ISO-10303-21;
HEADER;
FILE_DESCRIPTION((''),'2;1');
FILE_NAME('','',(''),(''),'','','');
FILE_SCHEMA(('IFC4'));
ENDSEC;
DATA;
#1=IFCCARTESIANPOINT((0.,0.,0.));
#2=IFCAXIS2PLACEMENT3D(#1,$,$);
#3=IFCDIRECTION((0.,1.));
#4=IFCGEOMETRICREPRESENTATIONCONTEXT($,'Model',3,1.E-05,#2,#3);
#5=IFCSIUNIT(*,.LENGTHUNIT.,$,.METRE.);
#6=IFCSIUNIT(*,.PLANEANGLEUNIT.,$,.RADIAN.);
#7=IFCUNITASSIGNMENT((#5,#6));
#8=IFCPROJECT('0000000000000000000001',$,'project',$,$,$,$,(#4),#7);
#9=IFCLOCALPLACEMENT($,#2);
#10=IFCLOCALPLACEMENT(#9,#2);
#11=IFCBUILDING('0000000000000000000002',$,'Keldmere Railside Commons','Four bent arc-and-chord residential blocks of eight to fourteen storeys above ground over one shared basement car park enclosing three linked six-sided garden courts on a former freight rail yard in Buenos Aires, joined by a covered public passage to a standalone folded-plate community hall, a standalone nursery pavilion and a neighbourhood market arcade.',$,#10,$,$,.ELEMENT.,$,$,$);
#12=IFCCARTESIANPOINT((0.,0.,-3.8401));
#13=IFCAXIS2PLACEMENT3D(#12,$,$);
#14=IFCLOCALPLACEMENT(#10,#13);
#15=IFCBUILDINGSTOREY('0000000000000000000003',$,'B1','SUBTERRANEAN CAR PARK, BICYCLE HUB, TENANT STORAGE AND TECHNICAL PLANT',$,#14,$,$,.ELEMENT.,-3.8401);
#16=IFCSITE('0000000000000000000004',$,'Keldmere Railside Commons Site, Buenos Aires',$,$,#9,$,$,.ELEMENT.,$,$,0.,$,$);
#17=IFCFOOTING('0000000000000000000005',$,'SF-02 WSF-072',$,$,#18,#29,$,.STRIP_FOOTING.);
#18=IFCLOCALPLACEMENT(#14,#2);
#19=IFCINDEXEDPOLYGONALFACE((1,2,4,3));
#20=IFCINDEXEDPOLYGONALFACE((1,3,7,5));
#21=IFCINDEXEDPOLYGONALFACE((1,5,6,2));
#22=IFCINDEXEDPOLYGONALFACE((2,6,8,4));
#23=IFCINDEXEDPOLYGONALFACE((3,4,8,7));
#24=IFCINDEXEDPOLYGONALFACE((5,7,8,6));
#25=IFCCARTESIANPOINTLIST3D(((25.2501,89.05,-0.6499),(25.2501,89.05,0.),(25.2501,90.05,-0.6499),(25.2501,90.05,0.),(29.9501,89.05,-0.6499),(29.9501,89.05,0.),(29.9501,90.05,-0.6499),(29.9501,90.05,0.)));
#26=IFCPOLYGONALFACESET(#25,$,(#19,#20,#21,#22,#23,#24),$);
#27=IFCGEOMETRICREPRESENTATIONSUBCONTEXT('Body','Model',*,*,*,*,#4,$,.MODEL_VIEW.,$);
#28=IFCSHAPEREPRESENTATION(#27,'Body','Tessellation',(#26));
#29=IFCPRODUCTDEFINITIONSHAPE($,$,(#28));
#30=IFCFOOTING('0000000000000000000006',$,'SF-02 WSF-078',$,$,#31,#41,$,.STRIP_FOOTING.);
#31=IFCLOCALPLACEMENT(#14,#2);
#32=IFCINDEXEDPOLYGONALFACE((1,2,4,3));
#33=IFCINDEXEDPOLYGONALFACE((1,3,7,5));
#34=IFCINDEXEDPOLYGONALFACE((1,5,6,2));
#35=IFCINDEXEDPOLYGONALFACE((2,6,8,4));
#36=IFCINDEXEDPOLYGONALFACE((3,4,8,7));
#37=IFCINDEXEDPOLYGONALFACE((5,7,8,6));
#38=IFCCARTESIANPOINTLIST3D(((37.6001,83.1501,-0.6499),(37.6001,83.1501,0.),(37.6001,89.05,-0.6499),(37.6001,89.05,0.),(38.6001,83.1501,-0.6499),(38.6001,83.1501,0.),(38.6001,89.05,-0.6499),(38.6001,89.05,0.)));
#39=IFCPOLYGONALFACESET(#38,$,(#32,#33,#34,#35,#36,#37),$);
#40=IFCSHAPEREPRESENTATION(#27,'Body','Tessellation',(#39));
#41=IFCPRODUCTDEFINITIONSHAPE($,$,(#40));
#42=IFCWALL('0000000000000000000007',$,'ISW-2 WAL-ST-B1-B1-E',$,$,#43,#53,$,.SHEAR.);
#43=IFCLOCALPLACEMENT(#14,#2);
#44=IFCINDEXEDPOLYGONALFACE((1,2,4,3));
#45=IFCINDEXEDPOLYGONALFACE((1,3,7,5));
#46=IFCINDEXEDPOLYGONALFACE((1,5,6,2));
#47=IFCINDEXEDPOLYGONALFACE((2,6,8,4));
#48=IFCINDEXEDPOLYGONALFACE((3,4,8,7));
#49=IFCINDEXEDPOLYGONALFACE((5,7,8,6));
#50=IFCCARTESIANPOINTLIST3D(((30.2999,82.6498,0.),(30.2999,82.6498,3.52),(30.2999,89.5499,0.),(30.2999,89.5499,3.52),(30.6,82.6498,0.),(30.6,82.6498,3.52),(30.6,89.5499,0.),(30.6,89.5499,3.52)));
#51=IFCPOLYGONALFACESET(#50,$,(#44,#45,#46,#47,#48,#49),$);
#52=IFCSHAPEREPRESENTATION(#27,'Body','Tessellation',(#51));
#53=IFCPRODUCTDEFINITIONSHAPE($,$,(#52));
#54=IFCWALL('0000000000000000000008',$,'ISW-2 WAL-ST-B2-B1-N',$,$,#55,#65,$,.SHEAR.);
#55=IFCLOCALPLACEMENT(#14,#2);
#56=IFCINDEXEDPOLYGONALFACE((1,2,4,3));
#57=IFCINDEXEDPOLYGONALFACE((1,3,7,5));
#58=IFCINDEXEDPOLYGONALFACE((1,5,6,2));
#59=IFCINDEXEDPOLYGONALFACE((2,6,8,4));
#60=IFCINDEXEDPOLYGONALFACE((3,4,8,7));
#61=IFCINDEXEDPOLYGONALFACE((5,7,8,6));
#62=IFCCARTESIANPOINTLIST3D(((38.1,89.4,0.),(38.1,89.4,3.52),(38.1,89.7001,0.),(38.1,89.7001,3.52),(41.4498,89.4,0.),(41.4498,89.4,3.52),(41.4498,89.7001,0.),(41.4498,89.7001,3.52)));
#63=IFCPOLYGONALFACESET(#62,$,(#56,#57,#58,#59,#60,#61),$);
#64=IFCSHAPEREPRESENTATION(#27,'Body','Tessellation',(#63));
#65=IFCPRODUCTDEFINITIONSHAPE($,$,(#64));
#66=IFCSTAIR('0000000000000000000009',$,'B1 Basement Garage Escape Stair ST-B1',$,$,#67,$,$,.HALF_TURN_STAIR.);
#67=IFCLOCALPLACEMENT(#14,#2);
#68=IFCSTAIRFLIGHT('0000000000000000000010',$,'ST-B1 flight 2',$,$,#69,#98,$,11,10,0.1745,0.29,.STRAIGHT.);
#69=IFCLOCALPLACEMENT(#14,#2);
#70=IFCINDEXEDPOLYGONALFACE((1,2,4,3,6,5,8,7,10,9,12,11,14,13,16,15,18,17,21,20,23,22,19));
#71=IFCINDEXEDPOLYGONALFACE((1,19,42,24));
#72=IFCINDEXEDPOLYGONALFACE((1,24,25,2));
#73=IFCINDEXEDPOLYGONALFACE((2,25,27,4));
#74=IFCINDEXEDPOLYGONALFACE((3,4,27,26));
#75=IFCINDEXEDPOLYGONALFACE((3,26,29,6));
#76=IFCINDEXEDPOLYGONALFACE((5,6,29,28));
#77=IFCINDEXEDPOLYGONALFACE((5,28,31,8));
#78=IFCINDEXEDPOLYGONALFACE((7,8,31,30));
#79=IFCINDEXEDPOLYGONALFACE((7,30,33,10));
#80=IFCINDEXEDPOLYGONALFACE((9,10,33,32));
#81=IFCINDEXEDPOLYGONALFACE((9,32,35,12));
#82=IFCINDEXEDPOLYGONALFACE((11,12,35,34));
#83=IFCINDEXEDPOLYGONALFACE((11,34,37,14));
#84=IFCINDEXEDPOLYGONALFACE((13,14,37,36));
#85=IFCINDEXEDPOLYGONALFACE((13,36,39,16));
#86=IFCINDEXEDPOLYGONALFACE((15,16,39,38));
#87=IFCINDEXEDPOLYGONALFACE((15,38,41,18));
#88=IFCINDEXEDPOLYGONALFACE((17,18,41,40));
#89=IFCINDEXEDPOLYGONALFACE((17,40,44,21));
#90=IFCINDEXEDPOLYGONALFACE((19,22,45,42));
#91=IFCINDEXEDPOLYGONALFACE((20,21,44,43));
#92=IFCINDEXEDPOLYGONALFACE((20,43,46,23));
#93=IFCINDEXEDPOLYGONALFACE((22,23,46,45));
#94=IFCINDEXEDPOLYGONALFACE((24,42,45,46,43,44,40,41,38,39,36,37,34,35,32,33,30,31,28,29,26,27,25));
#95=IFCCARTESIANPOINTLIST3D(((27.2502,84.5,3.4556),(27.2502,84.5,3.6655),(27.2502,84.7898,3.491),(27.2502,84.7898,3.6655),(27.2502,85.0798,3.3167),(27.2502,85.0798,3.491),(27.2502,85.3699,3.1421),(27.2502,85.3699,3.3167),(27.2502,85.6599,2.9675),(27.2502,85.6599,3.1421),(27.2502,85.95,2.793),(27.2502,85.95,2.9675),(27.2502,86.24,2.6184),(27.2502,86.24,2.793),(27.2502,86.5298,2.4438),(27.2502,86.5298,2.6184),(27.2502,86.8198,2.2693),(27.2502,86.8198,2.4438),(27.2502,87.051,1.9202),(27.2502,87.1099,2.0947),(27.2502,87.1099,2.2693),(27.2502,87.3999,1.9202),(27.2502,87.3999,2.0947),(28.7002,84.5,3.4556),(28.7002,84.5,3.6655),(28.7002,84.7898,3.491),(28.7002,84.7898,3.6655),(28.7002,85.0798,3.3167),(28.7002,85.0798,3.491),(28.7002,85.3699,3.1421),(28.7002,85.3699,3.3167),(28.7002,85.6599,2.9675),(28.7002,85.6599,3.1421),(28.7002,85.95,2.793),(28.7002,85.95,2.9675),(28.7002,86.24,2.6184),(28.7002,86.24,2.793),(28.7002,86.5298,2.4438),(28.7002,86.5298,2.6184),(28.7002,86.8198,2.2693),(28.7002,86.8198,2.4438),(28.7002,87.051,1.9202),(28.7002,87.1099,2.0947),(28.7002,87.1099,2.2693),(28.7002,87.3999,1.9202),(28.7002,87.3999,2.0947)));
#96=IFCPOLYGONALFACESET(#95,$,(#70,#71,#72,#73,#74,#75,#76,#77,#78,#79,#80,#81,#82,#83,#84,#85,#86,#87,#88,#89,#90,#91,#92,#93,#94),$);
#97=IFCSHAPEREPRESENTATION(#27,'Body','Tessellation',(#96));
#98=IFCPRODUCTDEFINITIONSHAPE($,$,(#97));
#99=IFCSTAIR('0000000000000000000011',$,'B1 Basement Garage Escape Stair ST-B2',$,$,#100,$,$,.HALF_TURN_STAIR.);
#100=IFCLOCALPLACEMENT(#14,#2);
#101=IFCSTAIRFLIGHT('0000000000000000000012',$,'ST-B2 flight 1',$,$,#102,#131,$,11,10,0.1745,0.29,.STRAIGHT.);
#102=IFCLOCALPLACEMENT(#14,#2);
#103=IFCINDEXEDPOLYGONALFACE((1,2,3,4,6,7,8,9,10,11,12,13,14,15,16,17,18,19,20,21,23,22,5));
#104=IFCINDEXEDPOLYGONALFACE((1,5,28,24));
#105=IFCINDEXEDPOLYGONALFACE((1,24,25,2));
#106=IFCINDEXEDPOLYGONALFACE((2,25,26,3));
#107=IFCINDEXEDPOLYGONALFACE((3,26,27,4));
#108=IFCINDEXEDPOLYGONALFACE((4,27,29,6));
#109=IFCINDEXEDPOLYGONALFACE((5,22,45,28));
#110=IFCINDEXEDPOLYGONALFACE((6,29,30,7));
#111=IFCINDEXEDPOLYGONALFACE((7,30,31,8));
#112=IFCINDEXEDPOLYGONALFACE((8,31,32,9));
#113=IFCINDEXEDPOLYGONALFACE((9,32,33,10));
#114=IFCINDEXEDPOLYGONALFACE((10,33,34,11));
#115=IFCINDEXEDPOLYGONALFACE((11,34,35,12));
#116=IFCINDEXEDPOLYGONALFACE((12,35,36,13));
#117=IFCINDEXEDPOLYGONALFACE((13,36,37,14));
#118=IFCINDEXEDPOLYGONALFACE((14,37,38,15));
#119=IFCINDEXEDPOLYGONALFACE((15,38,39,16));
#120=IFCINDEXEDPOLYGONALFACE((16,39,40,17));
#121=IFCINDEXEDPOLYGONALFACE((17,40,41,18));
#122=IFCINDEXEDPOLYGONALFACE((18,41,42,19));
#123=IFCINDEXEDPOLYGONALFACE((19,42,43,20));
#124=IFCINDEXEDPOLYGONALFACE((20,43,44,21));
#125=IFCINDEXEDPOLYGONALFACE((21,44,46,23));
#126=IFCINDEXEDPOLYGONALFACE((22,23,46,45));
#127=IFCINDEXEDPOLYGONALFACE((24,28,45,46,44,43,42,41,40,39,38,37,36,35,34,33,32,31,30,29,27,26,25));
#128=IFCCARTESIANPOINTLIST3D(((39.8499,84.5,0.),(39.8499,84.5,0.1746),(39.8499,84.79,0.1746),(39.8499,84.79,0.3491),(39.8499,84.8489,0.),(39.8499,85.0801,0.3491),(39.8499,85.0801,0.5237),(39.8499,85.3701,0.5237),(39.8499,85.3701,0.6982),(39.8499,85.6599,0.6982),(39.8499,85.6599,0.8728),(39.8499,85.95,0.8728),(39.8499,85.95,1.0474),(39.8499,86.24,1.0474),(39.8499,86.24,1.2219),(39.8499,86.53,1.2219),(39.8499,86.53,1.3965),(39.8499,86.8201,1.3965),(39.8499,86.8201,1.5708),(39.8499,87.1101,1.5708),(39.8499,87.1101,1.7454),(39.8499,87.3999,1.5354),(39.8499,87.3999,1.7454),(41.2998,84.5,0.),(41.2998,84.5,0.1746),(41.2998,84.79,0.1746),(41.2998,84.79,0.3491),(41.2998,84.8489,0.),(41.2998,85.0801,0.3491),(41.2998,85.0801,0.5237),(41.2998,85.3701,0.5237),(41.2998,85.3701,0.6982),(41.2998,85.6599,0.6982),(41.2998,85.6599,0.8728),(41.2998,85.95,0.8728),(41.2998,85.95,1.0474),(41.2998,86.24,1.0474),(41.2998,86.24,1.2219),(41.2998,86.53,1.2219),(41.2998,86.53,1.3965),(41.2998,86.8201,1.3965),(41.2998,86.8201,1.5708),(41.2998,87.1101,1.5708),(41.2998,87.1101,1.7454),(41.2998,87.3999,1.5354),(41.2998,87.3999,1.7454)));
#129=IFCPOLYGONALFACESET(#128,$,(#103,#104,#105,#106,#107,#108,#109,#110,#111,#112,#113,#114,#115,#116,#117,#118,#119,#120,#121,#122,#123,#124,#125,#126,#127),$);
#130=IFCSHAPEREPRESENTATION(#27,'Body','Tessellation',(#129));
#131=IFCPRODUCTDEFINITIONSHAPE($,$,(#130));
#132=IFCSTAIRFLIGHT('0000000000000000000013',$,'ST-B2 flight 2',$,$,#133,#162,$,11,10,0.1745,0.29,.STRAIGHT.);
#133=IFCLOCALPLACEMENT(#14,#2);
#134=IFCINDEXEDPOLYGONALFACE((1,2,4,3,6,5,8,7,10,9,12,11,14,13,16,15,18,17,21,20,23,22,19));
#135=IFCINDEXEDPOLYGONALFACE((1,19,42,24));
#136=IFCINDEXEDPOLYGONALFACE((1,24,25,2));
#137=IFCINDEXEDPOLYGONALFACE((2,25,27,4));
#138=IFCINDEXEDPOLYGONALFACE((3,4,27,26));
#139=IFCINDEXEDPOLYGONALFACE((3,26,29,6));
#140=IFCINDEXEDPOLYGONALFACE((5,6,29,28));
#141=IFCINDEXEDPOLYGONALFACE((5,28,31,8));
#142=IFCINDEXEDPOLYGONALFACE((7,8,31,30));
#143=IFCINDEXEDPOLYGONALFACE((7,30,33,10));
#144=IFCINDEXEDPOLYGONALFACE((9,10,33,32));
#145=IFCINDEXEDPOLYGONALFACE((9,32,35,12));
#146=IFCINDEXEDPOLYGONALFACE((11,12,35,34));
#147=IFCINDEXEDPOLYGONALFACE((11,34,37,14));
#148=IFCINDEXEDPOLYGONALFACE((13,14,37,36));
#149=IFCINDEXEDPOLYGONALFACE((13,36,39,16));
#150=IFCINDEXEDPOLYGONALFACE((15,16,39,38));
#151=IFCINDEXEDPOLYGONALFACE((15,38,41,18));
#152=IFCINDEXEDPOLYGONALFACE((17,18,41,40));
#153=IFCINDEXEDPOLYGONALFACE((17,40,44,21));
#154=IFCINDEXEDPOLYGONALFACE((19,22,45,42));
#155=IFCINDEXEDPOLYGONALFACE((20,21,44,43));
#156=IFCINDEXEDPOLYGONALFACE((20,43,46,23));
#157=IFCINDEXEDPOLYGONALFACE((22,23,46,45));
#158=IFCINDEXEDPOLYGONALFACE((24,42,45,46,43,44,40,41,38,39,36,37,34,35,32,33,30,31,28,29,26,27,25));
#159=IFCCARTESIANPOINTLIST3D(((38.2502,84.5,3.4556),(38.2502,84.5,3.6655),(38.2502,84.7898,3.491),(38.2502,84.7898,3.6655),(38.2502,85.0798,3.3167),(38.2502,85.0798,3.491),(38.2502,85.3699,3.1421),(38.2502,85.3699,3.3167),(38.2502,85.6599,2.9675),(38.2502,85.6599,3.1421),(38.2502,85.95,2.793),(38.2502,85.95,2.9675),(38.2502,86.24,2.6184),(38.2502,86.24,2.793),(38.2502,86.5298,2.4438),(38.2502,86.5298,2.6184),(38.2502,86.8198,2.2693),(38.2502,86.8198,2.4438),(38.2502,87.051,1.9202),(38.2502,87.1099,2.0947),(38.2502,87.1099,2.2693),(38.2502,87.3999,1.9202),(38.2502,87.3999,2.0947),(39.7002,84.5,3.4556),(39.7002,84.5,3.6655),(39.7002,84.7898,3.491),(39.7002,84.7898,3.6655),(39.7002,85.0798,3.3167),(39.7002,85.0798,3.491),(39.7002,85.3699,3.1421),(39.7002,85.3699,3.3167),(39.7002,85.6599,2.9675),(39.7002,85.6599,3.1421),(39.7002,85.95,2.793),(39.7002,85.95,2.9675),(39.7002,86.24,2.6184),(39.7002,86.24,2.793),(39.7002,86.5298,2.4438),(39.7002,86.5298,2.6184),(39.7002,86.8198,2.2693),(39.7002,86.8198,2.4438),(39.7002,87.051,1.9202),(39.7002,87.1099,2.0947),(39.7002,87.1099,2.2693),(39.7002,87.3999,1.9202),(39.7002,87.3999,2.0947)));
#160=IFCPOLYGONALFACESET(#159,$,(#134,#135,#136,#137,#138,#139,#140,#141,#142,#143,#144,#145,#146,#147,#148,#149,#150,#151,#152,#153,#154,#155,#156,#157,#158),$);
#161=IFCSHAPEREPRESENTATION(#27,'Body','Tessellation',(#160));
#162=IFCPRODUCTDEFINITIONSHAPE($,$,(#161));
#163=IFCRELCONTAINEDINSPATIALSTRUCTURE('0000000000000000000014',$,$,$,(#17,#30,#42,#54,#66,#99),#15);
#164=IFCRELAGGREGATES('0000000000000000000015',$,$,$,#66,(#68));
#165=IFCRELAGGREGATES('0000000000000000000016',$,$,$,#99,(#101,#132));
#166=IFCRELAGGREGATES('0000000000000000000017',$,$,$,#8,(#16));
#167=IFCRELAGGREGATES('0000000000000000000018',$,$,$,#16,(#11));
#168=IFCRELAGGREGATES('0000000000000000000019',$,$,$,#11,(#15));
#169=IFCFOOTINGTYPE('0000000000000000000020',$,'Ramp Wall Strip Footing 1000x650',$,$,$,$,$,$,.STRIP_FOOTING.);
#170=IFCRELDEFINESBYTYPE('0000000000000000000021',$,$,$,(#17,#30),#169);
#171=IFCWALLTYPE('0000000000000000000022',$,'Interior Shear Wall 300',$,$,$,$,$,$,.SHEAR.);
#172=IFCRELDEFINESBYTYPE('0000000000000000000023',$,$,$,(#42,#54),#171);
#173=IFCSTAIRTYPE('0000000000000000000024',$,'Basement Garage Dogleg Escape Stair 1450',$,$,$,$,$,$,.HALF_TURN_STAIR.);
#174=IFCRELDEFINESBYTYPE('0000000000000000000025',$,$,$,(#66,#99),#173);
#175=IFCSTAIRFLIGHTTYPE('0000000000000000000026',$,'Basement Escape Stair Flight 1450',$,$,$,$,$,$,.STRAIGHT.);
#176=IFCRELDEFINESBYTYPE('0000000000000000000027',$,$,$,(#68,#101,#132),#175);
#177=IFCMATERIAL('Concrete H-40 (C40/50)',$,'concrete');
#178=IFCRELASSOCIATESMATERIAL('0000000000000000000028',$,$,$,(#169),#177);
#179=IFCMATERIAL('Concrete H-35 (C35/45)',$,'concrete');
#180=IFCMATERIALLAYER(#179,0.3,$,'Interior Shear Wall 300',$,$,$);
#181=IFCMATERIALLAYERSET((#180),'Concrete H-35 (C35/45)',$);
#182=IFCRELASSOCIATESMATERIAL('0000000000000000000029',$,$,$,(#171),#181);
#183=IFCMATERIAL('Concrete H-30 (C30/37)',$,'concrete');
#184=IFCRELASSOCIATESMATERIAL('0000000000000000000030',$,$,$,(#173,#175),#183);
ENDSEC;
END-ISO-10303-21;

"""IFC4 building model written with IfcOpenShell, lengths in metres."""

from ifc_helpers import new_model, si_unit, direction, frame, frame_2d, origin, origin_2d, place, context, subcontext, project, spatial, polyline, rectangle, outline, extrude, material, layer, layer_set, type_object, element, aggregate, save


model = new_model("IFC4")

# Units and contexts
model_context = context("Model", 3, precision=1e-05, world=origin(), true_north=direction((0.0, 1.0)))
body_context = subcontext(model_context, "Body", "Model", "MODEL_VIEW")
ifc_project = project(units=[si_unit("LENGTHUNIT", "METRE"), si_unit("PLANEANGLEUNIT", "RADIAN")], contexts=[model_context])

# Site, building, storey
site_placement = place(None, origin())
site = spatial("IfcSite", under=ifc_project, at=site_placement, Name="Keldmere Railside Commons Site, Buenos Aires", CompositionType="ELEMENT", RefElevation=0.0)
building_placement = place(site_placement, origin())
building = spatial("IfcBuilding", under=site, at=building_placement, Name="Keldmere Railside Commons", Description="Four bent arc-and-chord residential blocks of eight to fourteen storeys above ground over one shared basement car park enclosing three linked six-sided garden courts on a former freight rail yard in Buenos Aires, joined by a covered public passage to a standalone folded-plate community hall, a standalone nursery pavilion and a neighbourhood market arcade.", CompositionType="ELEMENT")
storey_placement = place(building_placement, frame((0.0, 0.0, -3.8401)))
storey = spatial("IfcBuildingStorey", under=building, at=storey_placement, Name="B1", Description="SUBTERRANEAN CAR PARK, BICYCLE HUB, TENANT STORAGE AND TECHNICAL PLANT", CompositionType="ELEMENT", Elevation=-3.8401)

# Footings
ifc_material_1 = material(Name="Concrete H-40 (C40/50)", Category="concrete")
footing_type = type_object("IfcFootingType", Name="Ramp Wall Strip Footing 1000x650", PredefinedType="STRIP_FOOTING", material=ifc_material_1)
footing_1_placement = place(storey_placement, frame((27.6001, 89.55, -0.6499), z_axis=(0.0, 0.0, 1.0), x_axis=(1.0, 0.0, 0.0)))
element("IfcFooting", 1, at=footing_1_placement, inside=storey, type_object=footing_type, Name="SF-02 WSF-072", PredefinedType="STRIP_FOOTING", context=body_context, shape_type="SweptSolid", body=[
    extrude(rectangle(XDim=4.7, YDim=1.0, at=origin_2d()), origin(), (0.0, 0.0, 1.0), 0.6499),
])
footing_2_placement = place(storey_placement, frame((38.1001, 86.1001, -0.6499), z_axis=(0.0, 0.0, 1.0), x_axis=(0.0, 1.0, 0.0)))
element("IfcFooting", 2, at=footing_2_placement, inside=storey, type_object=footing_type, Name="SF-02 WSF-078", PredefinedType="STRIP_FOOTING", context=body_context, shape_type="SweptSolid", body=[
    extrude(rectangle(XDim=5.8999, YDim=1.0, at=origin_2d()), origin(), (0.0, 0.0, 1.0), 0.6499),
])

# Walls
ifc_material_2 = material(Name="Concrete H-35 (C35/45)", Category="concrete")
ifc_layer = layer(ifc_material_2, 0.3, Name="Interior Shear Wall 300")
ifc_layer_set = layer_set([ifc_layer], Name="Concrete H-35 (C35/45)")
wall_type = type_object("IfcWallType", Name="Interior Shear Wall 300", PredefinedType="SHEAR", material=ifc_layer_set)
wall_1_placement = place(storey_placement, frame((30.45, 89.55, 0.0), z_axis=(0.0, 0.0, 1.0), x_axis=(0.0, -1.0, 0.0)))
element("IfcWall", 3, at=wall_1_placement, inside=storey, type_object=wall_type, Name="ISW-2 WAL-ST-B1-B1-E", PredefinedType="SHEAR", context=body_context, shape_type="SweptSolid", body=[
    extrude(rectangle(XDim=6.9001, YDim=0.3, at=frame_2d((3.4502, 0.0))), origin(), (0.0, 0.0, 1.0), 3.52),
])
wall_2_placement = place(storey_placement, frame((38.1001, 89.55, 0.0), z_axis=(0.0, 0.0, 1.0), x_axis=(1.0, 0.0, 0.0)))
element("IfcWall", 4, at=wall_2_placement, inside=storey, type_object=wall_type, Name="ISW-2 WAL-ST-B2-B1-N", PredefinedType="SHEAR", context=body_context, shape_type="SweptSolid", body=[
    extrude(rectangle(XDim=3.3499, YDim=0.3, at=frame_2d((1.6748, 0.0))), origin(), (0.0, 0.0, 1.0), 3.52),
])

# Stair, stair flight
ifc_material_3 = material(Name="Concrete H-30 (C30/37)", Category="concrete")
stair_type = type_object("IfcStairType", Name="Basement Garage Dogleg Escape Stair 1450", PredefinedType="HALF_TURN_STAIR", material=ifc_material_3)
stair_1_placement = place(storey_placement, origin())
stair_1 = element("IfcStair", 5, at=stair_1_placement, inside=storey, type_object=stair_type, Name="B1 Basement Garage Escape Stair ST-B1", PredefinedType="HALF_TURN_STAIR")
stair_flight_type = type_object("IfcStairFlightType", Name="Basement Escape Stair Flight 1450", PredefinedType="STRAIGHT", material=ifc_material_3)
stair_flight_1_placement = place(storey_placement, frame((27.9751, 87.3999, 1.9202), z_axis=(0.0, 0.0, 1.0), x_axis=(0.0, -1.0, 0.0)))
stair_flight_1 = element("IfcStairFlight", 6, at=stair_flight_1_placement, type_object=stair_flight_type, Name="ST-B1 flight 2", NumberOfRisers=11, NumberOfTreads=10, PredefinedType="STRAIGHT", RiserHeight=0.1745, TreadLength=0.29, context=body_context, shape_type="SweptSolid", body=[
    extrude(outline(polyline([(0.0, 0.0), (0.0, 0.1746), (0.29, 0.1746), (0.29, 0.3491), (0.5801, 0.3491), (0.5801, 0.5237), (0.8701, 0.5237), (0.8701, 0.6982), (1.1599, 0.6982), (1.1599, 0.8728), (1.45, 0.8728), (1.45, 1.0474), (1.74, 1.0474), (1.74, 1.2219), (2.03, 1.2219), (2.03, 1.3965), (2.3201, 1.3965), (2.3201, 1.5708), (2.6101, 1.5708), (2.6101, 1.7454), (2.8999, 1.7454), (2.8999, 1.9199), (2.8999, 1.5354), (0.3489, 0.0), (0.0, 0.0)])), frame((0.0, 0.7251, 0.0), z_axis=(0.0, -1.0, 0.0), x_axis=(1.0, 0.0, 0.0)), (0.0, 0.0, 1.0), 1.45),
])
aggregate(stair_1, [stair_flight_1])

# Stair, stair flights
stair_2_placement = place(storey_placement, origin())
stair_2 = element("IfcStair", 7, at=stair_2_placement, inside=storey, type_object=stair_type, Name="B1 Basement Garage Escape Stair ST-B2", PredefinedType="HALF_TURN_STAIR")
stair_flight_2_placement = place(storey_placement, frame((40.575, 84.5, 0.0), z_axis=(0.0, 0.0, 1.0), x_axis=(0.0, 1.0, 0.0)))
stair_flight_2 = element("IfcStairFlight", 8, at=stair_flight_2_placement, type_object=stair_flight_type, Name="ST-B2 flight 1", NumberOfRisers=11, NumberOfTreads=10, PredefinedType="STRAIGHT", RiserHeight=0.1745, TreadLength=0.29, context=body_context, shape_type="SweptSolid", body=[
    extrude(outline(polyline([(0.0, 0.0), (0.0, 0.1746), (0.29, 0.1746), (0.29, 0.3491), (0.5801, 0.3491), (0.5801, 0.5237), (0.8701, 0.5237), (0.8701, 0.6982), (1.1599, 0.6982), (1.1599, 0.8728), (1.45, 0.8728), (1.45, 1.0474), (1.74, 1.0474), (1.74, 1.2219), (2.03, 1.2219), (2.03, 1.3965), (2.3201, 1.3965), (2.3201, 1.5708), (2.6101, 1.5708), (2.6101, 1.7454), (2.8999, 1.7454), (2.8999, 1.9199), (2.8999, 1.5354), (0.3489, 0.0), (0.0, 0.0)])), frame((0.0, 0.7251, 0.0), z_axis=(0.0, -1.0, 0.0), x_axis=(1.0, 0.0, 0.0)), (0.0, 0.0, 1.0), 1.45),
])
stair_flight_3_placement = place(storey_placement, frame((38.9751, 87.3999, 1.9202), z_axis=(0.0, 0.0, 1.0), x_axis=(0.0, -1.0, 0.0)))
stair_flight_3 = element("IfcStairFlight", 9, at=stair_flight_3_placement, type_object=stair_flight_type, Name="ST-B2 flight 2", NumberOfRisers=11, NumberOfTreads=10, PredefinedType="STRAIGHT", RiserHeight=0.1745, TreadLength=0.29, context=body_context, shape_type="SweptSolid", body=[
    extrude(outline(polyline([(0.0, 0.0), (0.0, 0.1746), (0.29, 0.1746), (0.29, 0.3491), (0.5801, 0.3491), (0.5801, 0.5237), (0.8701, 0.5237), (0.8701, 0.6982), (1.1599, 0.6982), (1.1599, 0.8728), (1.45, 0.8728), (1.45, 1.0474), (1.74, 1.0474), (1.74, 1.2219), (2.03, 1.2219), (2.03, 1.3965), (2.3201, 1.3965), (2.3201, 1.5708), (2.6101, 1.5708), (2.6101, 1.7454), (2.8999, 1.7454), (2.8999, 1.9199), (2.8999, 1.5354), (0.3489, 0.0), (0.0, 0.0)])), frame((0.0, 0.7251, 0.0), z_axis=(0.0, -1.0, 0.0), x_axis=(1.0, 0.0, 0.0)), (0.0, 0.0, 1.0), 1.45),
])
aggregate(stair_2, [stair_flight_2, stair_flight_3])

save(model, "model.ifc")
